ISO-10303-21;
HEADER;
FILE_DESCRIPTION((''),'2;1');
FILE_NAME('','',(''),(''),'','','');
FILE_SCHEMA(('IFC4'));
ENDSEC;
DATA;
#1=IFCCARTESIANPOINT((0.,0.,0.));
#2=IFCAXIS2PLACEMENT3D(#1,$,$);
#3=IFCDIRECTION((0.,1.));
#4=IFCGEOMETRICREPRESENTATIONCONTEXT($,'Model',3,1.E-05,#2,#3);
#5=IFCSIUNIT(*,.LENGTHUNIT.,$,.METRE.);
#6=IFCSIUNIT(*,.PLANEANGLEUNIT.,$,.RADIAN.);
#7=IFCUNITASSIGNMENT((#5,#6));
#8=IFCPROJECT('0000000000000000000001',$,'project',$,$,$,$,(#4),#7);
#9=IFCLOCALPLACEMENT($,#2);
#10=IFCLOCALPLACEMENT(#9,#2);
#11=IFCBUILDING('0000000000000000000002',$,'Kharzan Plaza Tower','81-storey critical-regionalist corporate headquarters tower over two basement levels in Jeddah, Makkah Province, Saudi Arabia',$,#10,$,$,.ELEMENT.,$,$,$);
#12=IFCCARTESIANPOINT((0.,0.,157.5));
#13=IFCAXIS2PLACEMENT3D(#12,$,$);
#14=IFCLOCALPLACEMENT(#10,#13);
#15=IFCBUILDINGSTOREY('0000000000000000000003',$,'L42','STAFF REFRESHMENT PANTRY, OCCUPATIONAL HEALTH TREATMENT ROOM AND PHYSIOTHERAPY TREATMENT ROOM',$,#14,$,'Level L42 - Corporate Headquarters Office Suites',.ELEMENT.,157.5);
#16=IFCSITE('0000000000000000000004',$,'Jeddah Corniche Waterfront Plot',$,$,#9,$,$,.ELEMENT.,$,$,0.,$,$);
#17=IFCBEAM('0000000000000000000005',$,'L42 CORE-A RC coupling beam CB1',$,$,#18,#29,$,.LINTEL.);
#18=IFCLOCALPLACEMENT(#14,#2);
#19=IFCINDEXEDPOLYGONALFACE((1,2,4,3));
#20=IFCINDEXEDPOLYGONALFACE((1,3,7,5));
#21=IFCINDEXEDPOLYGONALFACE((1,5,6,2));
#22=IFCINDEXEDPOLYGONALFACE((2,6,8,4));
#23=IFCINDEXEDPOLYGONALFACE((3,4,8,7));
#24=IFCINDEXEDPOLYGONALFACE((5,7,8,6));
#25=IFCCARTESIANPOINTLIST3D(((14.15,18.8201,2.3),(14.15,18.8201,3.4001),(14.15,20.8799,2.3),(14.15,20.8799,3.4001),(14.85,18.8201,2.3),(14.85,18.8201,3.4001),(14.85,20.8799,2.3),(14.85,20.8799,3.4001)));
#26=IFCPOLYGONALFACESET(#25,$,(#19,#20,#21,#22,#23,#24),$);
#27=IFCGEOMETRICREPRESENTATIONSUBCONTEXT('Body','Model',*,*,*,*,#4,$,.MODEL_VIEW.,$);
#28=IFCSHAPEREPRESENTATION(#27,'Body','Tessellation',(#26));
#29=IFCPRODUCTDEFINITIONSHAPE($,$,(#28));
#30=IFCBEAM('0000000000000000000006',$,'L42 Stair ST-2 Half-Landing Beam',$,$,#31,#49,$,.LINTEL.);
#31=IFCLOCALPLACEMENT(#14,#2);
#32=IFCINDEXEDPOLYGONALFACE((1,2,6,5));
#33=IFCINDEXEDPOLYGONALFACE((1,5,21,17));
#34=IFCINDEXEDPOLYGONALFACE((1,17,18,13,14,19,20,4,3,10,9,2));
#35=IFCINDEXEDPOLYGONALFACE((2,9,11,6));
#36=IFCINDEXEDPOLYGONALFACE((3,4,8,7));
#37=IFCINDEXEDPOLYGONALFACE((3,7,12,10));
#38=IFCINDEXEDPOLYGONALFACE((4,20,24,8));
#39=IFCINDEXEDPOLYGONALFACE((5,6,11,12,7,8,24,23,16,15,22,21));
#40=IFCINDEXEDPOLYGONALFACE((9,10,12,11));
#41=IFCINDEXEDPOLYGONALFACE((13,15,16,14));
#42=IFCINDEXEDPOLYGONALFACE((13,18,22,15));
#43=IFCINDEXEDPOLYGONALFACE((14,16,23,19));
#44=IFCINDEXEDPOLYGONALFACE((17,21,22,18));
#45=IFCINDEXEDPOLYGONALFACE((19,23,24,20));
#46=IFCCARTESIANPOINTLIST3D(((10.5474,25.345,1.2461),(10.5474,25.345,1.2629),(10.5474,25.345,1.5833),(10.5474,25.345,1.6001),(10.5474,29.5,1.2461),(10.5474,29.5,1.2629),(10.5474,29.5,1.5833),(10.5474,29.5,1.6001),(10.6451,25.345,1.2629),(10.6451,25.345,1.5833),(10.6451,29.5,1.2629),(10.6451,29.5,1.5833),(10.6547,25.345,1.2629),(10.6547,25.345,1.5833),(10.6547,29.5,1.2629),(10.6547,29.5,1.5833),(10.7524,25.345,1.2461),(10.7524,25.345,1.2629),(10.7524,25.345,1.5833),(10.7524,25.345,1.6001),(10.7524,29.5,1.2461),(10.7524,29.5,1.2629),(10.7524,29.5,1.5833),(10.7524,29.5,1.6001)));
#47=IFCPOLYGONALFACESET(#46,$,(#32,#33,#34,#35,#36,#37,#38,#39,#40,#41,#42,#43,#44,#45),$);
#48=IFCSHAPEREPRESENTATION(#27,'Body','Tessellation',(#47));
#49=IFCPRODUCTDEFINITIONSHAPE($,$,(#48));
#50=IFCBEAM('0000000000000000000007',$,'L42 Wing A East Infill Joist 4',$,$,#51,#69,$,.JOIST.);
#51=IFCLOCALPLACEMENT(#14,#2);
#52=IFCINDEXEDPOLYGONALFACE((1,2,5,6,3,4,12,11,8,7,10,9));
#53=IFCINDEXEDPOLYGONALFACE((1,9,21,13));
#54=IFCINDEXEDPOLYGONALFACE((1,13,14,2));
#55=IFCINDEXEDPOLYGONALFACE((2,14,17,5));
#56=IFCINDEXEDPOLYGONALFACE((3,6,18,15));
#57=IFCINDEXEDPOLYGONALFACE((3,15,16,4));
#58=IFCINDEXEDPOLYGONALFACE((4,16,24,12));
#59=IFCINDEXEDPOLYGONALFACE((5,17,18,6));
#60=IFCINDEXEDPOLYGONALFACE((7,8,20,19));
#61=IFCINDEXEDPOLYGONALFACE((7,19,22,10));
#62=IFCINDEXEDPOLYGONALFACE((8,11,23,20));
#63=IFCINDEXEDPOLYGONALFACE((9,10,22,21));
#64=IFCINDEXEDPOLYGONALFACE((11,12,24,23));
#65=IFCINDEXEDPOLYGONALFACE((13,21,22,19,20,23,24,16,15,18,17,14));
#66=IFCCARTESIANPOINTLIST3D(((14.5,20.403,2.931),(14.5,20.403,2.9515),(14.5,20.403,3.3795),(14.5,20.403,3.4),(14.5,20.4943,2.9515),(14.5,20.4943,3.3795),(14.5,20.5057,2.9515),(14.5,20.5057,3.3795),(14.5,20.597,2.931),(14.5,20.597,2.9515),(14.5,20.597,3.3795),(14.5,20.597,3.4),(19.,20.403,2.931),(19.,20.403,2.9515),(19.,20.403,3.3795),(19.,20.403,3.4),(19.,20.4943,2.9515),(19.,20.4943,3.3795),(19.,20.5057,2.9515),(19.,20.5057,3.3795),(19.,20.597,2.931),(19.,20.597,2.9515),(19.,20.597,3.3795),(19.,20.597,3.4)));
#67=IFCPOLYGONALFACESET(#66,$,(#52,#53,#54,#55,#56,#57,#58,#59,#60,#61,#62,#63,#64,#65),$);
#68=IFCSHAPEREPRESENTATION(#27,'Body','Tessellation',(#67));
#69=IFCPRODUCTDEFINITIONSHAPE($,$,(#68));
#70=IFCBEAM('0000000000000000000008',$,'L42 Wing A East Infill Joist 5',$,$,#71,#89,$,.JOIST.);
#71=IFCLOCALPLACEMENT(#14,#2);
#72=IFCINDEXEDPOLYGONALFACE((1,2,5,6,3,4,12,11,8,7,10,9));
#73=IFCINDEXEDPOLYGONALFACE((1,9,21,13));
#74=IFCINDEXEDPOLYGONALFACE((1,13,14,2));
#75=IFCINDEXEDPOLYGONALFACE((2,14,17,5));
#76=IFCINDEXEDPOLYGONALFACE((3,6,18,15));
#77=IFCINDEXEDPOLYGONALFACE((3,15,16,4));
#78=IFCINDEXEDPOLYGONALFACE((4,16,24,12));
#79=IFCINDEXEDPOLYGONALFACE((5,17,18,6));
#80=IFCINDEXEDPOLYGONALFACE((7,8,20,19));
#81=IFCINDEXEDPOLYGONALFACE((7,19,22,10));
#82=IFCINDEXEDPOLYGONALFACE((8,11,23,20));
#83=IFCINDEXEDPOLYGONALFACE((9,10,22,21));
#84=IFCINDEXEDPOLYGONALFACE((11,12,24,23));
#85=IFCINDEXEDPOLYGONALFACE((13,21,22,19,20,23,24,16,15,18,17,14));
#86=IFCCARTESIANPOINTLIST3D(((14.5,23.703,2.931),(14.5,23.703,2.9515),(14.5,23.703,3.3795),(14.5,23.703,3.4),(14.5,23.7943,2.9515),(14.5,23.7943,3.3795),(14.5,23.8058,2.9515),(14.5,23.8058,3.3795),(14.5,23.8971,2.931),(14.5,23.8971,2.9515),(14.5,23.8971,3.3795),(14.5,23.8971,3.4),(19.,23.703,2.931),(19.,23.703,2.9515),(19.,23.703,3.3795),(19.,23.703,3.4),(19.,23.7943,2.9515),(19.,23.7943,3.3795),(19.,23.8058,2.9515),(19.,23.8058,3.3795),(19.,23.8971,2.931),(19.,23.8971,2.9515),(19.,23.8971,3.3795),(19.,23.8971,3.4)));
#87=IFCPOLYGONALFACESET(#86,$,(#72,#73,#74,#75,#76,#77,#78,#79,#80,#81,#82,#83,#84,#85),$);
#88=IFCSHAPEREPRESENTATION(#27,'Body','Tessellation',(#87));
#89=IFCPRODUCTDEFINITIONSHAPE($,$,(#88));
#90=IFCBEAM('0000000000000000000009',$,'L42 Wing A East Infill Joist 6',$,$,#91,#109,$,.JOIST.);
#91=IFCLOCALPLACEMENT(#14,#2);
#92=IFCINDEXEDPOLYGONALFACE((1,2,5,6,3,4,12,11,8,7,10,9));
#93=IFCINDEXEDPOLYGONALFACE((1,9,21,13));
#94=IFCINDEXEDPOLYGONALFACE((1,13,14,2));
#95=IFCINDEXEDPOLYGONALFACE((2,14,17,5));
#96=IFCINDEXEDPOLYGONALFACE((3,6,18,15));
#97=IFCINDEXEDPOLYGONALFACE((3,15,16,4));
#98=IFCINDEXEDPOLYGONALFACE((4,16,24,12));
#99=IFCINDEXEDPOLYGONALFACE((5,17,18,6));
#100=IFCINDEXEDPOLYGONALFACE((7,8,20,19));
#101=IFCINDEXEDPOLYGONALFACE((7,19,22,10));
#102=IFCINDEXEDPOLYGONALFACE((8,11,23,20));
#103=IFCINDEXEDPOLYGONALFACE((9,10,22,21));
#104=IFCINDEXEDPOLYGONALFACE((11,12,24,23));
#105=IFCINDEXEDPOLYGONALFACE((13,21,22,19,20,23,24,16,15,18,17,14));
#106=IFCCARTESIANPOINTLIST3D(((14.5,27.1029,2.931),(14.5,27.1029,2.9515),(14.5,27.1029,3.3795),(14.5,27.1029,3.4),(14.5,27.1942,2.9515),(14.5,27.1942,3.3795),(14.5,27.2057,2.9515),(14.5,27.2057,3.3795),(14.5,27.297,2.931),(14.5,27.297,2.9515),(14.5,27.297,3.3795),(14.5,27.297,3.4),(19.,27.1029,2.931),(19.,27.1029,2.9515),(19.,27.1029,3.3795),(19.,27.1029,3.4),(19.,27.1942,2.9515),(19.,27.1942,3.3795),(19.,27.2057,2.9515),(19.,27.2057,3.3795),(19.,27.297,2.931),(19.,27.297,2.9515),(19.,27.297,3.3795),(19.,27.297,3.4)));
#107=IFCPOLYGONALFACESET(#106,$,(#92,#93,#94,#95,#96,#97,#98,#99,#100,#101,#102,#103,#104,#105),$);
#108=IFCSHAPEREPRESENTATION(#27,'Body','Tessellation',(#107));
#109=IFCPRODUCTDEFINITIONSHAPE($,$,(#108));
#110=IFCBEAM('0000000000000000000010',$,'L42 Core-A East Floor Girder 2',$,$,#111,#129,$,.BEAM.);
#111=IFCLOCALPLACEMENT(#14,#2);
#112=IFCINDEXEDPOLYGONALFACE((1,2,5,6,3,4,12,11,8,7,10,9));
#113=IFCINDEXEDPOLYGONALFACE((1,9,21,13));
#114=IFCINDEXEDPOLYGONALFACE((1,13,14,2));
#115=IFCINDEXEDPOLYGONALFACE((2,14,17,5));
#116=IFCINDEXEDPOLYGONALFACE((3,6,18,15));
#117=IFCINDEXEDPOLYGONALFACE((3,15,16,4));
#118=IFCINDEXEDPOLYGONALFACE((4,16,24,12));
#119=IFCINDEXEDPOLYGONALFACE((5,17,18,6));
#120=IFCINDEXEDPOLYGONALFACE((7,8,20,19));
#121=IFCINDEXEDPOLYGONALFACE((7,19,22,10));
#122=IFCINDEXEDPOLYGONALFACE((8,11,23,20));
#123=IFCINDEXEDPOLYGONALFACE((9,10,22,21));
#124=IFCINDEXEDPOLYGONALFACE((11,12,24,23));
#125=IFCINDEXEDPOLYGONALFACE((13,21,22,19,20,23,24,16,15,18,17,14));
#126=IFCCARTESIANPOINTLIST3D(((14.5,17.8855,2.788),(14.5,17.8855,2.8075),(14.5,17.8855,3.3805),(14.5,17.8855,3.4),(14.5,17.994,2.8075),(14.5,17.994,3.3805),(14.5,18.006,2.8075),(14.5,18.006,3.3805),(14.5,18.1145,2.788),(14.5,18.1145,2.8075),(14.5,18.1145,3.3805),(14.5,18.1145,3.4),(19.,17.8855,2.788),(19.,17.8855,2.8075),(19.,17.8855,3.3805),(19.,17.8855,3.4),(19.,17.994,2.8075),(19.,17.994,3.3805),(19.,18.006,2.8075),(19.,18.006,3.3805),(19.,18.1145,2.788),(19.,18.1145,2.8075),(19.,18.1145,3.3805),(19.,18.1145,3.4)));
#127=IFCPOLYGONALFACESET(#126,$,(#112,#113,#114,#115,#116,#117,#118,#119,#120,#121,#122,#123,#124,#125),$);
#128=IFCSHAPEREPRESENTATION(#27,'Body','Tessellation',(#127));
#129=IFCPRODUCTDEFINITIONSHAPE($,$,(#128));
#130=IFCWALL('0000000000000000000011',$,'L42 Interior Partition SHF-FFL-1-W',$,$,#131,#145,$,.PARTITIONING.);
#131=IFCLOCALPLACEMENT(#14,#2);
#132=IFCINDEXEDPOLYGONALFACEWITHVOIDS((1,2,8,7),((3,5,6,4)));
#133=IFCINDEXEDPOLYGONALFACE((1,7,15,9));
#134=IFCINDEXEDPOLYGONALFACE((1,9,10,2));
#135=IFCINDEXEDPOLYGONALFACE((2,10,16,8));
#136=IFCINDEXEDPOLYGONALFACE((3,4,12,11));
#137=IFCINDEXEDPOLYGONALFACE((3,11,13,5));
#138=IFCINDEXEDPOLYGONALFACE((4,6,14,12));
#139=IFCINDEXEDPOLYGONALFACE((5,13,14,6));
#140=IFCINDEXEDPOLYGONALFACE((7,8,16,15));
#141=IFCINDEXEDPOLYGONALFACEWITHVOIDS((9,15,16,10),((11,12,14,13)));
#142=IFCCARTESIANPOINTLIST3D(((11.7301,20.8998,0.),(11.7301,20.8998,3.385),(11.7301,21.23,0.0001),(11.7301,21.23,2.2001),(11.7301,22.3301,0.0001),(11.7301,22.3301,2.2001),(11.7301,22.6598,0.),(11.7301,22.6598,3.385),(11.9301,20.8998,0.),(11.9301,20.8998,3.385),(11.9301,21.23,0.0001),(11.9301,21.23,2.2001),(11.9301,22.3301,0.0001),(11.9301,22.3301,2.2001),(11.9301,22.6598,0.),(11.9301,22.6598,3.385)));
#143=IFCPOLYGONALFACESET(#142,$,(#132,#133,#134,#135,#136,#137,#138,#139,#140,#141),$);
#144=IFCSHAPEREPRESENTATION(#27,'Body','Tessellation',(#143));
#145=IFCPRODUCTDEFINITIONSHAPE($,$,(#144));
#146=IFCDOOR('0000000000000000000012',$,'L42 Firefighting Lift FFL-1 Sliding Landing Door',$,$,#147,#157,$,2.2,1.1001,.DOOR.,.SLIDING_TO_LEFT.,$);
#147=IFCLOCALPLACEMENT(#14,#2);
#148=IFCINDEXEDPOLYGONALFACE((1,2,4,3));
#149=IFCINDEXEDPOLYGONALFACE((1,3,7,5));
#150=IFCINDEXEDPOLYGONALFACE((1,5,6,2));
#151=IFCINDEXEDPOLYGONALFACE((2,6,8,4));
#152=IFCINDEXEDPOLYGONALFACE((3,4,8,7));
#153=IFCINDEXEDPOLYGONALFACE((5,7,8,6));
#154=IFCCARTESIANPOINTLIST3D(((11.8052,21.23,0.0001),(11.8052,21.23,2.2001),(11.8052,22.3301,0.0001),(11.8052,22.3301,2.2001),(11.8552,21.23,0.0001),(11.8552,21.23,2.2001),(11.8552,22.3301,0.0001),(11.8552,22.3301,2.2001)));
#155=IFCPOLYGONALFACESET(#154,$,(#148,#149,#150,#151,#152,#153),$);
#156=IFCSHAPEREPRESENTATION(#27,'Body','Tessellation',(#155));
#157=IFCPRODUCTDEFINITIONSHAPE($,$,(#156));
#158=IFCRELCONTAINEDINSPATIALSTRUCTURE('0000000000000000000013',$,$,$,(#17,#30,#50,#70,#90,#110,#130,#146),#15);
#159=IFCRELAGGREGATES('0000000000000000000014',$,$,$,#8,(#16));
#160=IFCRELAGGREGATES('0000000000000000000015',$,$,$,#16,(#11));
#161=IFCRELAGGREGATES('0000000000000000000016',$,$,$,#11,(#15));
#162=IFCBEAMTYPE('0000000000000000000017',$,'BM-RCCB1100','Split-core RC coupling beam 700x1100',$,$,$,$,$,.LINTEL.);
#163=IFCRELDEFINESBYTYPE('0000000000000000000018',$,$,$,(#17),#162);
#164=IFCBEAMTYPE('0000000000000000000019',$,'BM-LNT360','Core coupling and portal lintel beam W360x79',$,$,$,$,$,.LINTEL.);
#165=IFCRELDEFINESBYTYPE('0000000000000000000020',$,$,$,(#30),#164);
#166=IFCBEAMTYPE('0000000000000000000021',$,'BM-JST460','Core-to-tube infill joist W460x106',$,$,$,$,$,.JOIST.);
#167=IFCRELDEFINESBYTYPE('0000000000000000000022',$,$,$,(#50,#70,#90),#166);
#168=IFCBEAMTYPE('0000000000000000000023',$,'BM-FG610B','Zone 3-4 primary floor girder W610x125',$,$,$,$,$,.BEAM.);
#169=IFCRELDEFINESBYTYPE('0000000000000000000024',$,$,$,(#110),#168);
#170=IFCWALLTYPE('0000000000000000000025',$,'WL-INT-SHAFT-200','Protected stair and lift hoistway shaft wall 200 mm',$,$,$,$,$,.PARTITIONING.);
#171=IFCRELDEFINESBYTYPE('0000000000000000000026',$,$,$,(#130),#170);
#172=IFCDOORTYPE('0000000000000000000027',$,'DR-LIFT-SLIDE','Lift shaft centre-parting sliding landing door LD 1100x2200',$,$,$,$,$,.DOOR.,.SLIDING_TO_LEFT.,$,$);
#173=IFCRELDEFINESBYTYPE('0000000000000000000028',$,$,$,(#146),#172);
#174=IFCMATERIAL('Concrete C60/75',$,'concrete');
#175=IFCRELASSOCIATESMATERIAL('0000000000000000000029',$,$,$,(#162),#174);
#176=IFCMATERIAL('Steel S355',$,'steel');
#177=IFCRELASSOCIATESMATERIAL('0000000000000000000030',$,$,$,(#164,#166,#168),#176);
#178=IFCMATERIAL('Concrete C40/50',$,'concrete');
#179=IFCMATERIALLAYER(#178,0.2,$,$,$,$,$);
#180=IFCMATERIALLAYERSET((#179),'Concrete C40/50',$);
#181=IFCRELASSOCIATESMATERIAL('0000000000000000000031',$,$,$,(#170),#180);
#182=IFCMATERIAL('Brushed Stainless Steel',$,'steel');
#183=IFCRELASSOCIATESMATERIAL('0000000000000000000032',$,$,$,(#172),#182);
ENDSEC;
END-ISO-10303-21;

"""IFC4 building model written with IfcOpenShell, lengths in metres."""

from ifc_helpers import new_model, si_unit, direction, frame, frame_2d, origin, origin_2d, place, context, subcontext, project, spatial, rectangle, i_section, extrude, source, transform, mapped, material, layer, layer_set, material_profile, profile_set, type_object, element, fill, save


model = new_model("IFC4")

# Units and contexts
model_context = context("Model", 3, precision=1e-05, world=origin(), true_north=direction((0.0, 1.0)))
body_context = subcontext(model_context, "Body", "Model", "MODEL_VIEW")
ifc_project = project(units=[si_unit("LENGTHUNIT", "METRE"), si_unit("PLANEANGLEUNIT", "RADIAN")], contexts=[model_context])

# Site, building, storey
site_placement = place(None, origin())
site = spatial("IfcSite", under=ifc_project, at=site_placement, Name="Jeddah Corniche Waterfront Plot", CompositionType="ELEMENT", RefElevation=0.0)
building_placement = place(site_placement, origin())
building = spatial("IfcBuilding", under=site, at=building_placement, Name="Kharzan Plaza Tower", Description="81-storey critical-regionalist corporate headquarters tower over two basement levels in Jeddah, Makkah Province, Saudi Arabia", CompositionType="ELEMENT")
storey_placement = place(building_placement, frame((0.0, 0.0, 157.5)))
storey = spatial("IfcBuildingStorey", under=building, at=storey_placement, Name="L42", Description="STAFF REFRESHMENT PANTRY, OCCUPATIONAL HEALTH TREATMENT ROOM AND PHYSIOTHERAPY TREATMENT ROOM", LongName="Level L42 - Corporate Headquarters Office Suites", CompositionType="ELEMENT", Elevation=157.5)

# Beams
ifc_material_1 = material(Name="Concrete C60/75", Category="concrete")
ifc_material_profile_1 = material_profile(ifc_material_1, rectangle(XDim=0.7, YDim=1.1001, at=origin_2d()), Name="RC-CB1100x700")
ifc_profile_set_1 = profile_set([ifc_material_profile_1], Name="Concrete C60/75")
beam_type_1 = type_object("IfcBeamType", Name="BM-RCCB1100", Description="Split-core RC coupling beam 700x1100", PredefinedType="LINTEL", material=ifc_profile_set_1)
shared_shape_1 = source(origin(), body_context, "Body", "SweptSolid", [
    extrude(rectangle(XDim=0.7, YDim=1.1001, at=origin_2d()), origin(), (0.0, 0.0, 1.0), 2.0598),
])
beam_1_placement = place(storey_placement, frame((14.5, 18.8201, 2.8501), z_axis=(0.0, 1.0, 0.0), x_axis=(-1.0, 0.0, 0.0)))
element("IfcBeam", 1, at=beam_1_placement, inside=storey, type_object=beam_type_1, Name="L42 CORE-A RC coupling beam CB1", PredefinedType="LINTEL", context=body_context, shape_type="MappedRepresentation", body=[
    mapped(shared_shape_1, transform((0.0, 0.0, 0.0), x_axis=(1.0, 0.0, 0.0), y_axis=(0.0, 1.0, 0.0), z_axis=(0.0, 0.0, 1.0))),
])
ifc_material_2 = material(Name="Steel S355", Category="steel")
ifc_material_profile_2 = material_profile(ifc_material_2, i_section(OverallWidth=0.2051, OverallDepth=0.354, WebThickness=0.0095, FlangeThickness=0.0168, at=origin_2d()), Name="W360x79")
ifc_profile_set_2 = profile_set([ifc_material_profile_2], Name="Steel S355")
beam_type_2 = type_object("IfcBeamType", Name="BM-LNT360", Description="Core coupling and portal lintel beam W360x79", PredefinedType="LINTEL", material=ifc_profile_set_2)
shared_shape_2 = source(origin(), body_context, "Body", "SweptSolid", [
    extrude(i_section(OverallWidth=0.2051, OverallDepth=0.354, WebThickness=0.0095, FlangeThickness=0.0168, at=origin_2d()), origin(), (0.0, 0.0, 1.0), 4.155),
])
beam_2_placement = place(storey_placement, frame((10.6499, 25.345, 1.4231), z_axis=(0.0, 1.0, 0.0), x_axis=(-1.0, 0.0, 0.0)))
element("IfcBeam", 2, at=beam_2_placement, inside=storey, type_object=beam_type_2, Name="L42 Stair ST-2 Half-Landing Beam", PredefinedType="LINTEL", context=body_context, shape_type="MappedRepresentation", body=[
    mapped(shared_shape_2, transform((0.0, 0.0, 0.0), x_axis=(1.0, 0.0, 0.0), y_axis=(0.0, 1.0, 0.0), z_axis=(0.0, 0.0, 1.0))),
])
ifc_material_profile_3 = material_profile(ifc_material_2, i_section(OverallWidth=0.1941, OverallDepth=0.469, WebThickness=0.0115, FlangeThickness=0.0205, at=origin_2d()), Name="W460x106")
ifc_profile_set_3 = profile_set([ifc_material_profile_3], Name="Steel S355")
beam_type_3 = type_object("IfcBeamType", Name="BM-JST460", Description="Core-to-tube infill joist W460x106", PredefinedType="JOIST", material=ifc_profile_set_3)
shared_shape_3 = source(origin(), body_context, "Body", "SweptSolid", [
    extrude(i_section(OverallWidth=0.1941, OverallDepth=0.469, WebThickness=0.0115, FlangeThickness=0.0205, at=origin_2d()), origin(), (0.0, 0.0, 1.0), 4.5),
])
for number, where, z_axis, x_axis, name in (
    (3, (14.5, 20.5, 3.1655), (1.0, 0.0, 0.0), (0.0, 1.0, 0.0), "L42 Wing A East Infill Joist 4"),
    (4, (14.5, 23.8, 3.1655), (1.0, 0.0, 0.0), (0.0, 1.0, 0.0), "L42 Wing A East Infill Joist 5"),
    (5, (14.5, 27.2, 3.1655), (1.0, 0.0, 0.0), (0.0, 1.0, 0.0), "L42 Wing A East Infill Joist 6"),
):
    element("IfcBeam", number, at=place(storey_placement, frame(where, z_axis=z_axis, x_axis=x_axis)), inside=storey, type_object=beam_type_3, Name=name, PredefinedType="JOIST", context=body_context, shape_type="MappedRepresentation", body=[
        mapped(shared_shape_3, transform((0.0, 0.0, 0.0), x_axis=(1.0, 0.0, 0.0), y_axis=(0.0, 1.0, 0.0), z_axis=(0.0, 0.0, 1.0))),
    ])
ifc_material_profile_4 = material_profile(ifc_material_2, i_section(OverallWidth=0.229, OverallDepth=0.6121, WebThickness=0.012, FlangeThickness=0.0195, at=origin_2d()), Name="W610x125")
ifc_profile_set_4 = profile_set([ifc_material_profile_4], Name="Steel S355")
beam_type_4 = type_object("IfcBeamType", Name="BM-FG610B", Description="Zone 3-4 primary floor girder W610x125", PredefinedType="BEAM", material=ifc_profile_set_4)
shared_shape_4 = source(origin(), body_context, "Body", "SweptSolid", [
    extrude(i_section(OverallWidth=0.229, OverallDepth=0.6121, WebThickness=0.012, FlangeThickness=0.0195, at=origin_2d()), origin(), (0.0, 0.0, 1.0), 4.5),
])
beam_3_placement = place(storey_placement, frame((14.5, 18.0, 3.094), z_axis=(1.0, 0.0, 0.0), x_axis=(0.0, 1.0, 0.0)))
element("IfcBeam", 6, at=beam_3_placement, inside=storey, type_object=beam_type_4, Name="L42 Core-A East Floor Girder 2", PredefinedType="BEAM", context=body_context, shape_type="MappedRepresentation", body=[
    mapped(shared_shape_4, transform((0.0, 0.0, 0.0), x_axis=(1.0, 0.0, 0.0), y_axis=(0.0, 1.0, 0.0), z_axis=(0.0, 0.0, 1.0))),
])

# Wall, opening, door
ifc_material_3 = material(Name="Concrete C40/50", Category="concrete")
ifc_layer_1 = layer(ifc_material_3, 0.2)
ifc_layer_set_1 = layer_set([ifc_layer_1], Name="Concrete C40/50")
wall_type_1 = type_object("IfcWallType", Name="WL-INT-SHAFT-200", Description="Protected stair and lift hoistway shaft wall 200 mm", PredefinedType="PARTITIONING", material=ifc_layer_set_1)
wall_1_placement = place(storey_placement, frame((11.8301, 20.8999, 0.0), z_axis=(0.0, 0.0, 1.0), x_axis=(0.0, 1.0, 0.0)))
wall_1 = element("IfcWall", 7, at=wall_1_placement, inside=storey, type_object=wall_type_1, Name="L42 Interior Partition SHF-FFL-1-W", PredefinedType="PARTITIONING", context=body_context, shape_type="SweptSolid", body=[
    extrude(rectangle(XDim=1.76, YDim=0.2, at=frame_2d((0.8799, 0.0))), origin(), (0.0, 0.0, 1.0), 3.385),
])
opening_1_placement = place(wall_1_placement, frame((0.3301, 0.0, 0.0)))
opening_1 = element("IfcOpeningElement", 8, at=opening_1_placement, cuts=wall_1, PredefinedType="OPENING", context=body_context, shape_type="SweptSolid", body=[
    extrude(rectangle(XDim=1.1001, YDim=2.2, at=frame_2d((0.55, 1.1001))), frame((0.0, 0.1099, 0.0), z_axis=(0.0, -1.0, 0.0), x_axis=(1.0, 0.0, 0.0)), (0.0, 0.0, 1.0), 0.22),
])
ifc_material_4 = material(Name="Brushed Stainless Steel", Category="steel")
door_type_1 = type_object("IfcDoorType", Name="DR-LIFT-SLIDE", Description="Lift shaft centre-parting sliding landing door LD 1100x2200", OperationType="SLIDING_TO_LEFT", PredefinedType="DOOR", material=ifc_material_4)
shared_shape_5 = source(origin(), body_context, "Body", "SweptSolid", [
    extrude(rectangle(XDim=1.1001, YDim=2.2, at=frame_2d((0.55, 1.1001))), frame((0.0, 0.0249, 0.0), z_axis=(0.0, -1.0, 0.0), x_axis=(1.0, 0.0, 0.0)), (0.0, 0.0, 1.0), 0.05),
])
door_1_placement = place(opening_1_placement, origin())
door_1 = element("IfcDoor", 9, at=door_1_placement, inside=storey, type_object=door_type_1, Name="L42 Firefighting Lift FFL-1 Sliding Landing Door", OperationType="SLIDING_TO_LEFT", OverallHeight=2.2, OverallWidth=1.1001, PredefinedType="DOOR", context=body_context, shape_type="MappedRepresentation", body=[
    mapped(shared_shape_5, transform((0.0, 0.0, 0.0), x_axis=(1.0, 0.0, 0.0), y_axis=(0.0, 1.0, 0.0), z_axis=(0.0, 0.0, 1.0))),
])
fill(opening_1, door_1)

save(model, "model.ifc")
